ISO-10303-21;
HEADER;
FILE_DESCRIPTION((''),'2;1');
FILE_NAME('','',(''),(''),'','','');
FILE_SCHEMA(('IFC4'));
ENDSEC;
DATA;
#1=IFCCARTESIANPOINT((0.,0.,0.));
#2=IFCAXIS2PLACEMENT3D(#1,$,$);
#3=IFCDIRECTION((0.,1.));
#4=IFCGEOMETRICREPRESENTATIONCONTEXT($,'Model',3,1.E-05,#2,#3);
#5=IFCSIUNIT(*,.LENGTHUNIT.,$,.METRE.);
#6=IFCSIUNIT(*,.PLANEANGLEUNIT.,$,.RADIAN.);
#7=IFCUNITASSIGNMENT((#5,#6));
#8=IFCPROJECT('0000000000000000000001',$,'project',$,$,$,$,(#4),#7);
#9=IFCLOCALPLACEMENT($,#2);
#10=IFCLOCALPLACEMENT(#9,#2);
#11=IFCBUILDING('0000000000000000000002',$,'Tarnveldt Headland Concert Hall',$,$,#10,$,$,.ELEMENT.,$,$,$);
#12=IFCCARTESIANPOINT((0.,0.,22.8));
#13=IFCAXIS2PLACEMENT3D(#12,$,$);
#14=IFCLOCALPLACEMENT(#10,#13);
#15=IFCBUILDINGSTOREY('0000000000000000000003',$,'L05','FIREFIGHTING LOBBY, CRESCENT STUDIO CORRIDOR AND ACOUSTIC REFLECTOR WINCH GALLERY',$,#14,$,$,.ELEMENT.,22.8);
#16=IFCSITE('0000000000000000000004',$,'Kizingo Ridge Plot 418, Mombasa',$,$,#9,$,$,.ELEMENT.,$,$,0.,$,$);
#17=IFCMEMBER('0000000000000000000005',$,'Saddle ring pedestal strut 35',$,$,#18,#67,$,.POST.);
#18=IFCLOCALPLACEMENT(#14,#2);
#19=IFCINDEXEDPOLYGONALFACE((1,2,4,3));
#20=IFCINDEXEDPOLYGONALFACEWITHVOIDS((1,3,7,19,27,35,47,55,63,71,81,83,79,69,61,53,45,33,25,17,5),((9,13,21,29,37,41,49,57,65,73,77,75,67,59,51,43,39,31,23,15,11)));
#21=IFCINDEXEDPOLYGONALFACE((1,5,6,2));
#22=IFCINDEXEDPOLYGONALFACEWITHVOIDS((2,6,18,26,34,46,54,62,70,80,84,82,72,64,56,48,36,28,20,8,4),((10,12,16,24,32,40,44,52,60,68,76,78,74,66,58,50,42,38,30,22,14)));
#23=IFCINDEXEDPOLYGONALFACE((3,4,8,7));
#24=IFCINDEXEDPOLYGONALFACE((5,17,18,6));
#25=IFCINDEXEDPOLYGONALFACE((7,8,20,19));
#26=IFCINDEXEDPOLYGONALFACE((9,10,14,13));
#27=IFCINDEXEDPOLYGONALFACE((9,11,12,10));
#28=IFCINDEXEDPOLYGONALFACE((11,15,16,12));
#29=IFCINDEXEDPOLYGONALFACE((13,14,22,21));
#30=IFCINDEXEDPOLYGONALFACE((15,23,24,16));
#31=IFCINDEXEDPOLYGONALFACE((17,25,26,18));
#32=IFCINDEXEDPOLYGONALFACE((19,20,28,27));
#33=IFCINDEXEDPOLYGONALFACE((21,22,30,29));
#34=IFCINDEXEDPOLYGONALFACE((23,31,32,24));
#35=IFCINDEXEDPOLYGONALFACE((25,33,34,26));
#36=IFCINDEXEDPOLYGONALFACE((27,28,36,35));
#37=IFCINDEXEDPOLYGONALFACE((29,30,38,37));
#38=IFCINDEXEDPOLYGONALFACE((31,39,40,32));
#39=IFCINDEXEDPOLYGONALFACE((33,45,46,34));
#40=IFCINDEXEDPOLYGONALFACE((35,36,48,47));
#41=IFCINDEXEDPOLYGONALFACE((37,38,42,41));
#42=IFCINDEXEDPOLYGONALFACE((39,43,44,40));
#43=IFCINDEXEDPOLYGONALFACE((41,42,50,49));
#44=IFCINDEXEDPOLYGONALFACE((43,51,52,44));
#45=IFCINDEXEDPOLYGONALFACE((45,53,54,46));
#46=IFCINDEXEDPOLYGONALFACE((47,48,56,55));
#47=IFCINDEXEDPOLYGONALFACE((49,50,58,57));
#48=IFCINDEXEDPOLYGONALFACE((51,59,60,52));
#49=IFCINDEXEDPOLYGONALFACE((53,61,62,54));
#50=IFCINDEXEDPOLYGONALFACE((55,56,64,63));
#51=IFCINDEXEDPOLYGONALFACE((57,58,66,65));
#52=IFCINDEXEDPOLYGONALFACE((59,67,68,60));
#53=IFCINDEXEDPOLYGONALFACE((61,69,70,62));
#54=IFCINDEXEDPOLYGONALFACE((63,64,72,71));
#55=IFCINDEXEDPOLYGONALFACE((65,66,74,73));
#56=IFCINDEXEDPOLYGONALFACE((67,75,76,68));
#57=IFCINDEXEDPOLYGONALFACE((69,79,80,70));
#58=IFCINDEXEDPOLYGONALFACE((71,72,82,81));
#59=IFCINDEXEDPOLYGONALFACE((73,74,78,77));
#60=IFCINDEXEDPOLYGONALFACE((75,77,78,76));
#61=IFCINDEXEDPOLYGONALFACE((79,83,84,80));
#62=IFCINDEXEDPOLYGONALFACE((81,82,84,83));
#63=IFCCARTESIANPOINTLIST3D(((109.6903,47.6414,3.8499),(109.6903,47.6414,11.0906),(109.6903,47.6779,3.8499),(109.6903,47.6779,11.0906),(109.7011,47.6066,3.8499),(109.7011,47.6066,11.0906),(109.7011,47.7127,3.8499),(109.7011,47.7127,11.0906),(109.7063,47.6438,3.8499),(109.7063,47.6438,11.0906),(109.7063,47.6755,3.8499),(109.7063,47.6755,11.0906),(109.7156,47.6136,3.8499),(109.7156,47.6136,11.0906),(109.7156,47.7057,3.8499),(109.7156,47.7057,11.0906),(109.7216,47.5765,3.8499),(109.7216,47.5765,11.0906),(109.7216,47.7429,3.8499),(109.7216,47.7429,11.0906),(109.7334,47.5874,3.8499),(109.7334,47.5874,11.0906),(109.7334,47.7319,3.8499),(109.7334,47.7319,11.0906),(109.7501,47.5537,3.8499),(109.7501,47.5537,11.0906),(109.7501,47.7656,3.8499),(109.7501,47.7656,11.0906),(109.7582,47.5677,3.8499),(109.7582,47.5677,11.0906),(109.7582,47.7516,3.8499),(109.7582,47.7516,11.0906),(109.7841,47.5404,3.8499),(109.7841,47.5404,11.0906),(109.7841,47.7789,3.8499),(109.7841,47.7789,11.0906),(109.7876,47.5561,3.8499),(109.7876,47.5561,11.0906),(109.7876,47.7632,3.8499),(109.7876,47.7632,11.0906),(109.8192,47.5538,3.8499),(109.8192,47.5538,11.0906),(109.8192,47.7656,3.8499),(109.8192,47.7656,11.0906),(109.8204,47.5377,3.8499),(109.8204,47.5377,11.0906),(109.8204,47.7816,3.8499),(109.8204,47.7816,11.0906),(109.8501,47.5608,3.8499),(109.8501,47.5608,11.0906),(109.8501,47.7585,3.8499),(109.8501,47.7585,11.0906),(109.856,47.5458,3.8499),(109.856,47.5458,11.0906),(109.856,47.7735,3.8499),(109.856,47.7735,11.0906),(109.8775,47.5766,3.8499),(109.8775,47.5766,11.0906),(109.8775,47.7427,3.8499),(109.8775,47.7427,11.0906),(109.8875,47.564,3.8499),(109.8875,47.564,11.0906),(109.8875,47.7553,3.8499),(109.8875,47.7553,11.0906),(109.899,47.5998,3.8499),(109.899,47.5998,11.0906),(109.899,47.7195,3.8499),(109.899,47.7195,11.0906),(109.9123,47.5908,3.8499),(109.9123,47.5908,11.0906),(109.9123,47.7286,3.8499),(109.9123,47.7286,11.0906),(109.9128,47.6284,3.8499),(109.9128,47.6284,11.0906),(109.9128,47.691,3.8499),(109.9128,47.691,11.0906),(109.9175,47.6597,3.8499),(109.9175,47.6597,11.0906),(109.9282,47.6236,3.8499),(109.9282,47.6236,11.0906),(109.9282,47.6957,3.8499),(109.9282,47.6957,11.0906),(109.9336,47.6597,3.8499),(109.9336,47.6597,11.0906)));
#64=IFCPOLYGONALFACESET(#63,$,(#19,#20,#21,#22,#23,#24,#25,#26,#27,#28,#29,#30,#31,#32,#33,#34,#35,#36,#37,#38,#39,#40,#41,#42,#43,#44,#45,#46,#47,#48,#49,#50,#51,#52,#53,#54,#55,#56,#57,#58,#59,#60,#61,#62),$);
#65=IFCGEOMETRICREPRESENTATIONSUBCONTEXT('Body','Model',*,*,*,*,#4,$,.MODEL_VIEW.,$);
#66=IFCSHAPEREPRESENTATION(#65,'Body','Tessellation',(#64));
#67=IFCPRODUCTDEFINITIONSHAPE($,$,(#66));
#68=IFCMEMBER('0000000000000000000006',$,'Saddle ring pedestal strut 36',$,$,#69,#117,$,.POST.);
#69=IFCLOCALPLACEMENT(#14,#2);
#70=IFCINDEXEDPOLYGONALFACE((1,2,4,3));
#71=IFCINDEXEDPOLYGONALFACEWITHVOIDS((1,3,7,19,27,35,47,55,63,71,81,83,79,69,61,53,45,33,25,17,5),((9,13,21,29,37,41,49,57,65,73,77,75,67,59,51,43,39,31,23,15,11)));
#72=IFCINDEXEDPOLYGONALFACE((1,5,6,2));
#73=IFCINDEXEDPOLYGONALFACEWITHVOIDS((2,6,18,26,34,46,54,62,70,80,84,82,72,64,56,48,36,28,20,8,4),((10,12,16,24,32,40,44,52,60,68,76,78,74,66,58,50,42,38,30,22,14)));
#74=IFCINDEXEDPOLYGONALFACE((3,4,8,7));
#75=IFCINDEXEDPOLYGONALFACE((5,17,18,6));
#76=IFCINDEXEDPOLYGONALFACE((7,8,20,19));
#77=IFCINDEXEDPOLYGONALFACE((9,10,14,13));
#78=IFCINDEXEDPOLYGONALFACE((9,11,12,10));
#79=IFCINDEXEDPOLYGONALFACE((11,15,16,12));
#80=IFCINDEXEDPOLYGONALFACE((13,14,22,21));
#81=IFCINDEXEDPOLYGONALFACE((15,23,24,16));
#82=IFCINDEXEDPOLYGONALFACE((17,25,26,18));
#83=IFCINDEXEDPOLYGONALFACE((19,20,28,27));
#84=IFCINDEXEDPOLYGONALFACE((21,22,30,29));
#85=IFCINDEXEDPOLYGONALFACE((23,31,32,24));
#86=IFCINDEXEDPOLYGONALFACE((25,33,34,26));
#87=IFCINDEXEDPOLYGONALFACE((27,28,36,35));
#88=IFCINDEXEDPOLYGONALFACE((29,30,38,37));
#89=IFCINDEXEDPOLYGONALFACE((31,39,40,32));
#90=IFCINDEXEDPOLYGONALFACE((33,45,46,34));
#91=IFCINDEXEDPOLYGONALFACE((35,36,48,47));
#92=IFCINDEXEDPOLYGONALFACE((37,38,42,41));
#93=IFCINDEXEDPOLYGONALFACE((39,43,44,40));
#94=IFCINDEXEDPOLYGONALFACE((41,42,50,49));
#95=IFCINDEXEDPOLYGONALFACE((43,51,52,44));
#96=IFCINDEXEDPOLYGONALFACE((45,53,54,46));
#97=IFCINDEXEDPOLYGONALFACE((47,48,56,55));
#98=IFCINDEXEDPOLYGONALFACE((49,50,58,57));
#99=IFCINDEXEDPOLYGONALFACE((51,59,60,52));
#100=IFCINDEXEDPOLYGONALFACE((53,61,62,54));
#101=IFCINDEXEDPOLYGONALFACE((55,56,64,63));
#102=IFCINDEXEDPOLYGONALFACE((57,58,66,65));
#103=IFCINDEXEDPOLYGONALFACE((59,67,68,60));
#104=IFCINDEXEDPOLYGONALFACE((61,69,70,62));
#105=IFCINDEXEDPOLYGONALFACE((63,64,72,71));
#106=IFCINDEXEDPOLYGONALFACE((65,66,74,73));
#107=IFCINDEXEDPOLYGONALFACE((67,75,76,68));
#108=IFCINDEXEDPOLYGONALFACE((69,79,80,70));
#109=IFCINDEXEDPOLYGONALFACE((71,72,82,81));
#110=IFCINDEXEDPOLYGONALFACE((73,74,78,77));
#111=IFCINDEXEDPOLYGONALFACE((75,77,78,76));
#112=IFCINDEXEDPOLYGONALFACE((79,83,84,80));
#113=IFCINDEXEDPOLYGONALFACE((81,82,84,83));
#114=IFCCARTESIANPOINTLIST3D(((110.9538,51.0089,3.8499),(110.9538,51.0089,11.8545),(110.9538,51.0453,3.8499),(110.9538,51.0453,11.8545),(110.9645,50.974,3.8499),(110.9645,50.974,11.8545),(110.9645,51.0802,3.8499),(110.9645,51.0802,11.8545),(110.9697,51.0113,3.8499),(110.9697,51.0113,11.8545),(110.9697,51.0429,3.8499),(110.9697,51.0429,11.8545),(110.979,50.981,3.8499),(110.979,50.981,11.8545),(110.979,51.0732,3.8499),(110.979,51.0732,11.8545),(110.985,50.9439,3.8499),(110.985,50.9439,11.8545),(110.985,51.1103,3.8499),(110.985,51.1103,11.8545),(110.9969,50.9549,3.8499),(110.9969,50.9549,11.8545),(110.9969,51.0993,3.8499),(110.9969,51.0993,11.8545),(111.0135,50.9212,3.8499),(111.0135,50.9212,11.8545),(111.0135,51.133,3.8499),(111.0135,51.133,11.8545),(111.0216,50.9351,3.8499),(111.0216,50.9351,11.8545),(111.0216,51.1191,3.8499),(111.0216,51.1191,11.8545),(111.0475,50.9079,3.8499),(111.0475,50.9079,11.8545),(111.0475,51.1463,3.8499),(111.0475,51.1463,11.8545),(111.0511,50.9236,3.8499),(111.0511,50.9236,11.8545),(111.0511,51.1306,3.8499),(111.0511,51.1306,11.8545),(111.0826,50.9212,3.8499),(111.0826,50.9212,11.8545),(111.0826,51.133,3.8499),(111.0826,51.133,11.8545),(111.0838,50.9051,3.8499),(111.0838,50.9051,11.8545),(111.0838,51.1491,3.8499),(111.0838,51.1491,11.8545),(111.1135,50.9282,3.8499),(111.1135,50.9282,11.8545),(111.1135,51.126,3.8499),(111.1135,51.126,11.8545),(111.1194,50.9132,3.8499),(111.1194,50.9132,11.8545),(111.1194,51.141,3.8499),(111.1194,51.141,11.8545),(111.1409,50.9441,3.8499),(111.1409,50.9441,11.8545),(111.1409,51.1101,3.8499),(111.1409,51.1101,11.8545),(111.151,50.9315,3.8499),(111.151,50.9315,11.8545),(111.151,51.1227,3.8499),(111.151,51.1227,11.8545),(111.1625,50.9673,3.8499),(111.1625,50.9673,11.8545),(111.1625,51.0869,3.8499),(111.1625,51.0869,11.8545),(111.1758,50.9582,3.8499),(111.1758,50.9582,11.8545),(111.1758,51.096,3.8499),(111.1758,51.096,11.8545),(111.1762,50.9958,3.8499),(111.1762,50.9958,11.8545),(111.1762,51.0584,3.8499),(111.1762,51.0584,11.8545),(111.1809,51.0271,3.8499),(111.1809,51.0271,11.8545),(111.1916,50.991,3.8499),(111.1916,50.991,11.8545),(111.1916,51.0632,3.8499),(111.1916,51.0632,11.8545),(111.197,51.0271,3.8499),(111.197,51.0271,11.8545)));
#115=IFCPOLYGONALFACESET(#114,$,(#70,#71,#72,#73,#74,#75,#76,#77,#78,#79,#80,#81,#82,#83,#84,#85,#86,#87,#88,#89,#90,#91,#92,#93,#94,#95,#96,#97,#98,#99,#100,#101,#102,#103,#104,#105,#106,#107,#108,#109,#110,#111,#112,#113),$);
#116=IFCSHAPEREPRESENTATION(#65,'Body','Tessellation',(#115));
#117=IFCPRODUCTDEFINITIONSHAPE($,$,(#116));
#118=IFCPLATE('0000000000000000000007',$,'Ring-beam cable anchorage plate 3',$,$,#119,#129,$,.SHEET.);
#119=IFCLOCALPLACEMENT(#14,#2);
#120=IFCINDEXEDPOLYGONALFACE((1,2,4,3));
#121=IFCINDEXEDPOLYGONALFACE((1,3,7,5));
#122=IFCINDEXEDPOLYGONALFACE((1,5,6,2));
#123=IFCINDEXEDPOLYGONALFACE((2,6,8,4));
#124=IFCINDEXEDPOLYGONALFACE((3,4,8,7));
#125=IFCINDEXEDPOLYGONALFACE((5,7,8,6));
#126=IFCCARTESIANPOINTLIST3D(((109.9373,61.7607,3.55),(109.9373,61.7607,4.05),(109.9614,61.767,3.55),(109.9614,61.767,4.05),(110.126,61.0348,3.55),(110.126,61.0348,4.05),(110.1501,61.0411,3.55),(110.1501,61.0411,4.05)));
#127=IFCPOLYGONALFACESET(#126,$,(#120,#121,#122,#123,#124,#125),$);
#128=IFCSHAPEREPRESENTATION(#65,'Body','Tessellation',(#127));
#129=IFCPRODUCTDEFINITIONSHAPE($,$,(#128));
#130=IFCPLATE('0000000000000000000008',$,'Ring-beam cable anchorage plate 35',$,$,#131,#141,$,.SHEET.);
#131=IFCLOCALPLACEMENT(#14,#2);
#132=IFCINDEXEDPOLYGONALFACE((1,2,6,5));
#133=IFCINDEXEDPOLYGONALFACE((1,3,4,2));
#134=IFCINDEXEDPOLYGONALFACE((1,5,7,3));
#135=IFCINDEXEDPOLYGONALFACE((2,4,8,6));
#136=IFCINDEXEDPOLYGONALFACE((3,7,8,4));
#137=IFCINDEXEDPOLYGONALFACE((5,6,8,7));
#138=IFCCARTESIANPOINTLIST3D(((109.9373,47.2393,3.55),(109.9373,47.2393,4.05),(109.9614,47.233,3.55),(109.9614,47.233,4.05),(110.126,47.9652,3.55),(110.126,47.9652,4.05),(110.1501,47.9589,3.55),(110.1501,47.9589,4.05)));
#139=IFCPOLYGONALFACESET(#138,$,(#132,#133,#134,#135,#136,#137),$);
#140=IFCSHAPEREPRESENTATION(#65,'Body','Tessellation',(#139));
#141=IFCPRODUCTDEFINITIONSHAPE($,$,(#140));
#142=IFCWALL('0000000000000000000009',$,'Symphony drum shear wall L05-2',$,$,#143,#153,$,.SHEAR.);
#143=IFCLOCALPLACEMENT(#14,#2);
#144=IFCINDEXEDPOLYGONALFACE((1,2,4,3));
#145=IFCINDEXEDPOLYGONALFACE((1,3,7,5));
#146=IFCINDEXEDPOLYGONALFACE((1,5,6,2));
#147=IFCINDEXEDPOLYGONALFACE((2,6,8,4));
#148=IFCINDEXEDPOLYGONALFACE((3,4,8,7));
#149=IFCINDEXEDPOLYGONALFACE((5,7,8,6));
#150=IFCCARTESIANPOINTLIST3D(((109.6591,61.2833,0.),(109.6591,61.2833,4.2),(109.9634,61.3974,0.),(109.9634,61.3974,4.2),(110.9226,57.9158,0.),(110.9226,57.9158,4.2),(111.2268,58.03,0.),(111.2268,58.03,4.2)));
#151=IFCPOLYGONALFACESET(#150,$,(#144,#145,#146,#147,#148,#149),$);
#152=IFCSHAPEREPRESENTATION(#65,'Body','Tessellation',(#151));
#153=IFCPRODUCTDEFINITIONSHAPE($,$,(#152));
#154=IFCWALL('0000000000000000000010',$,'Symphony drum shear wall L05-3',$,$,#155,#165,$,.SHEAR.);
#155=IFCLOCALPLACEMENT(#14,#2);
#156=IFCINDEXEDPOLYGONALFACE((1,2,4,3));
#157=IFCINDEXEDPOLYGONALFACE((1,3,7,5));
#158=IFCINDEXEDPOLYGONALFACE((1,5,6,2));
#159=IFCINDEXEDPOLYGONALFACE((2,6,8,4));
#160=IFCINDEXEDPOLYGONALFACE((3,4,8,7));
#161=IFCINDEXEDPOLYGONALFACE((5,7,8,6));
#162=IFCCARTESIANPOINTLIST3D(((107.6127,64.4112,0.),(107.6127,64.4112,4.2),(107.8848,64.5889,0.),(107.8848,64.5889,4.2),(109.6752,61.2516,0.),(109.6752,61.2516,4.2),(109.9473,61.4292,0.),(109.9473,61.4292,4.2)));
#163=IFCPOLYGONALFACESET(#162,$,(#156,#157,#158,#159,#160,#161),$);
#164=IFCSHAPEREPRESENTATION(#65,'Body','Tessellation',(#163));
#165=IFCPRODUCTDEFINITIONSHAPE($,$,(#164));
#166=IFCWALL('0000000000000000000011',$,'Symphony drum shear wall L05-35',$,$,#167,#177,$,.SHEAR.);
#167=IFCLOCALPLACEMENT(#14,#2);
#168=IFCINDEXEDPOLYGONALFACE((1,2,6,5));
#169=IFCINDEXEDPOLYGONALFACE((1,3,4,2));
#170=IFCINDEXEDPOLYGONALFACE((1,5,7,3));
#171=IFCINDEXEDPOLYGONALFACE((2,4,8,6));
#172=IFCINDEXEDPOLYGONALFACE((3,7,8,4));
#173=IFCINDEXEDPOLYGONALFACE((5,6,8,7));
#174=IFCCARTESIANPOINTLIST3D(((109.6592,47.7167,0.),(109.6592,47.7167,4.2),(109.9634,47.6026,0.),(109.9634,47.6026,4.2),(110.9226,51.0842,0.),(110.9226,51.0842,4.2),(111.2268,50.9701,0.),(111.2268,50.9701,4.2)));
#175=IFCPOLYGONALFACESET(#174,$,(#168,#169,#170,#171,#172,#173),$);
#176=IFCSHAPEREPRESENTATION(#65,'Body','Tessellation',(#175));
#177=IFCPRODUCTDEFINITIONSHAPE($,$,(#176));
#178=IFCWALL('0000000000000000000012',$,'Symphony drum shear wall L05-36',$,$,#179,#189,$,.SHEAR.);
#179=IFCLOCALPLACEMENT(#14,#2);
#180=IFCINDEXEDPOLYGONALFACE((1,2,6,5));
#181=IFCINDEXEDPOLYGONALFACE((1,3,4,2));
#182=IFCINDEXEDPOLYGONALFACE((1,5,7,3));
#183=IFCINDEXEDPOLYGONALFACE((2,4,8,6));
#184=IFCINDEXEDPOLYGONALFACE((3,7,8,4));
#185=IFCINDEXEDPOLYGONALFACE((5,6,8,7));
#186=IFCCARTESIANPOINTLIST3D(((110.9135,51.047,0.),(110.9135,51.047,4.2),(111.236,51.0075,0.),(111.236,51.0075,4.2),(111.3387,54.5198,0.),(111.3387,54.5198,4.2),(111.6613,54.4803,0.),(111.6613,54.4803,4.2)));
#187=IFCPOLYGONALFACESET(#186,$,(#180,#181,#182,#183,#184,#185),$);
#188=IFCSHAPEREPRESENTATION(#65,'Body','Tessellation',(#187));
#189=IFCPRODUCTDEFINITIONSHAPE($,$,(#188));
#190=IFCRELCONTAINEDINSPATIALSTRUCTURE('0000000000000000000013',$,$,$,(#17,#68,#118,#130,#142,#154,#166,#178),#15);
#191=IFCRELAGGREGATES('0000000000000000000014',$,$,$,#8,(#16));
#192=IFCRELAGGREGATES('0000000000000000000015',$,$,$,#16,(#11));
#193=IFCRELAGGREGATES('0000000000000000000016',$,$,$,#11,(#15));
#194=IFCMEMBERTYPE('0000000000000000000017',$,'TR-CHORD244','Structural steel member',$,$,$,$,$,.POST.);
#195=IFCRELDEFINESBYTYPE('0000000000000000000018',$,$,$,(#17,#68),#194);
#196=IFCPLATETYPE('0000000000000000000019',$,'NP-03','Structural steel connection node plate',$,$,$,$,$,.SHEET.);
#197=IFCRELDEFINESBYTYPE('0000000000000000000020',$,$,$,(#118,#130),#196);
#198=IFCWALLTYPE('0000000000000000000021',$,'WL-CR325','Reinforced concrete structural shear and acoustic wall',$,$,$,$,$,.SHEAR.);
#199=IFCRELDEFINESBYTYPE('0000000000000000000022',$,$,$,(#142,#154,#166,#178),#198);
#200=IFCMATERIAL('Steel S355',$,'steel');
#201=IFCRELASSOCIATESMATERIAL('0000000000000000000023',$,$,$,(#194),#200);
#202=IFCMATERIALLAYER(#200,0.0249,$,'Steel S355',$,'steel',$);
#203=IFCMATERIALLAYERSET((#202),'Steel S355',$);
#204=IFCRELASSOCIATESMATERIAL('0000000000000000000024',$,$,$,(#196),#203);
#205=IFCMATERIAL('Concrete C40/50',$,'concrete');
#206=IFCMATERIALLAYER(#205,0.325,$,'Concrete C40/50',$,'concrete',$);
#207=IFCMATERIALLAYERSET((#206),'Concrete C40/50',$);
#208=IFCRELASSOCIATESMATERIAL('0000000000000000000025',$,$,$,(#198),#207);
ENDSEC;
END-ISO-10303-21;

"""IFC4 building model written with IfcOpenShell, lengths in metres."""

from ifc_helpers import new_model, si_unit, direction, frame, frame_2d, origin, origin_2d, place, context, subcontext, project, spatial, rectangle, hollow_circle, extrude, material, layer, layer_set, material_profile, profile_set, type_object, element, save


model = new_model("IFC4")

# Units and contexts
model_context = context("Model", 3, precision=1e-05, world=origin(), true_north=direction((0.0, 1.0)))
body_context = subcontext(model_context, "Body", "Model", "MODEL_VIEW")
ifc_project = project(units=[si_unit("LENGTHUNIT", "METRE"), si_unit("PLANEANGLEUNIT", "RADIAN")], contexts=[model_context])

# Site, building, storey
site_placement = place(None, origin())
site = spatial("IfcSite", under=ifc_project, at=site_placement, Name="Kizingo Ridge Plot 418, Mombasa", CompositionType="ELEMENT", RefElevation=0.0)
building_placement = place(site_placement, origin())
building = spatial("IfcBuilding", under=site, at=building_placement, Name="Tarnveldt Headland Concert Hall", CompositionType="ELEMENT")
storey_placement = place(building_placement, frame((0.0, 0.0, 22.8)))
storey = spatial("IfcBuildingStorey", under=building, at=storey_placement, Name="L05", Description="FIREFIGHTING LOBBY, CRESCENT STUDIO CORRIDOR AND ACOUSTIC REFLECTOR WINCH GALLERY", CompositionType="ELEMENT", Elevation=22.8)

# Shared definitions
ifc_material_1 = material(Name="Concrete C40/50", Category="concrete")

# Shared definitions
ifc_material_2 = material(Name="Steel S355", Category="steel")

# Members
ifc_material_profile_1 = material_profile(ifc_material_2, hollow_circle(Radius=0.1223, WallThickness=0.0161, at=origin_2d()), Name="CHS 244.5x16", Category="steel")
ifc_profile_set_1 = profile_set([ifc_material_profile_1], Name="Steel S355")
member_type_1 = type_object("IfcMemberType", Name="TR-CHORD244", Description="Structural steel member", PredefinedType="POST", material=ifc_profile_set_1)
for number, where, z_axis, x_axis, name in (
    (1, (109.8113, 47.6597, 3.8499), (0.0, 0.0, 1.0), (1.0, 0.0, 0.0), "Saddle ring pedestal strut 35"),
):
    element("IfcMember", number, at=place(storey_placement, frame(where, z_axis=z_axis, x_axis=x_axis)), inside=storey, type_object=member_type_1, Name=name, PredefinedType="POST", context=body_context, shape_type="SweptSolid", body=[
        extrude(hollow_circle(Radius=0.1223, WallThickness=0.0161, at=origin_2d()), origin(), (0.0, 0.0, 1.0), 7.2407),
    ])
member_1_placement = place(storey_placement, frame((111.0747, 51.0271, 3.8499), z_axis=(0.0, 0.0, 1.0), x_axis=(1.0, 0.0, 0.0)))
element("IfcMember", 2, at=member_1_placement, inside=storey, type_object=member_type_1, Name="Saddle ring pedestal strut 36", PredefinedType="POST", context=body_context, shape_type="SweptSolid", body=[
    extrude(hollow_circle(Radius=0.1223, WallThickness=0.0161, at=origin_2d()), origin(), (0.0, 0.0, 1.0), 8.0046),
])

# Plates
ifc_layer_1 = layer(ifc_material_2, 0.0249, Name="Steel S355", Category="steel")
ifc_layer_set_1 = layer_set([ifc_layer_1], Name="Steel S355")
plate_type = type_object("IfcPlateType", Name="NP-03", Description="Structural steel connection node plate", PredefinedType="SHEET", material=ifc_layer_set_1)
for number, where, z_axis, x_axis, name in (
    (3, (110.0437, 61.4009, 3.55), (0.0, 0.0, 1.0), (-0.251563, 0.967841, 0.0), "Ring-beam cable anchorage plate 3"),
    (4, (110.0437, 47.5991, 3.55), (0.0, 0.0, 1.0), (0.251563, 0.967841, 0.0), "Ring-beam cable anchorage plate 35"),
):
    element("IfcPlate", number, at=place(storey_placement, frame(where, z_axis=z_axis, x_axis=x_axis)), inside=storey, type_object=plate_type, Name=name, PredefinedType="SHEET", context=body_context, shape_type="SweptSolid", body=[
        extrude(rectangle(XDim=0.75, YDim=0.0249, at=origin_2d()), origin(), (0.0, 0.0, 1.0), 0.5),
    ])

# Walls
ifc_layer_2 = layer(ifc_material_1, 0.325, Name="Concrete C40/50", Category="concrete")
ifc_layer_set_2 = layer_set([ifc_layer_2], Name="Concrete C40/50")
wall_type_1 = type_object("IfcWallType", Name="WL-CR325", Description="Reinforced concrete structural shear and acoustic wall", PredefinedType="SHEAR", material=ifc_layer_set_2)
wall_1_placement = place(storey_placement, frame((111.0747, 57.9729, 0.0), z_axis=(0.0, 0.0, 1.0), x_axis=(-0.35128, 0.936271, 0.0)))
element("IfcWall", 5, at=wall_1_placement, inside=storey, type_object=wall_type_1, Name="Symphony drum shear wall L05-2", PredefinedType="SHEAR", context=body_context, shape_type="SweptSolid", body=[
    extrude(rectangle(XDim=3.5967, YDim=0.325, at=frame_2d((1.7983, 0.0))), origin(), (0.0, 0.0, 1.0), 4.2),
])
wall_2_placement = place(storey_placement, frame((109.8113, 61.3403, 0.0), z_axis=(0.0, 0.0, 1.0), x_axis=(-0.546611, 0.837387, 0.0)))
element("IfcWall", 6, at=wall_2_placement, inside=storey, type_object=wall_type_1, Name="Symphony drum shear wall L05-3", PredefinedType="SHEAR", context=body_context, shape_type="SweptSolid", body=[
    extrude(rectangle(XDim=3.7732, YDim=0.325, at=frame_2d((1.8867, 0.0))), origin(), (0.0, 0.0, 1.0), 4.2),
])
wall_3_placement = place(storey_placement, frame((109.8113, 47.6597, 0.0), z_axis=(0.0, 0.0, 1.0), x_axis=(0.35128, 0.936271, 0.0)))
element("IfcWall", 7, at=wall_3_placement, inside=storey, type_object=wall_type_1, Name="Symphony drum shear wall L05-35", PredefinedType="SHEAR", context=body_context, shape_type="SweptSolid", body=[
    extrude(rectangle(XDim=3.5967, YDim=0.325, at=frame_2d((1.7983, 0.0))), origin(), (0.0, 0.0, 1.0), 4.2),
])
wall_4_placement = place(storey_placement, frame((111.0747, 51.0271, 0.0), z_axis=(0.0, 0.0, 1.0), x_axis=(0.121552, 0.992585, 0.0)))
element("IfcWall", 8, at=wall_4_placement, inside=storey, type_object=wall_type_1, Name="Symphony drum shear wall L05-36", PredefinedType="SHEAR", context=body_context, shape_type="SweptSolid", body=[
    extrude(rectangle(XDim=3.4988, YDim=0.325, at=frame_2d((1.7495, 0.0))), origin(), (0.0, 0.0, 1.0), 4.2),
])

save(model, "model.ifc")
